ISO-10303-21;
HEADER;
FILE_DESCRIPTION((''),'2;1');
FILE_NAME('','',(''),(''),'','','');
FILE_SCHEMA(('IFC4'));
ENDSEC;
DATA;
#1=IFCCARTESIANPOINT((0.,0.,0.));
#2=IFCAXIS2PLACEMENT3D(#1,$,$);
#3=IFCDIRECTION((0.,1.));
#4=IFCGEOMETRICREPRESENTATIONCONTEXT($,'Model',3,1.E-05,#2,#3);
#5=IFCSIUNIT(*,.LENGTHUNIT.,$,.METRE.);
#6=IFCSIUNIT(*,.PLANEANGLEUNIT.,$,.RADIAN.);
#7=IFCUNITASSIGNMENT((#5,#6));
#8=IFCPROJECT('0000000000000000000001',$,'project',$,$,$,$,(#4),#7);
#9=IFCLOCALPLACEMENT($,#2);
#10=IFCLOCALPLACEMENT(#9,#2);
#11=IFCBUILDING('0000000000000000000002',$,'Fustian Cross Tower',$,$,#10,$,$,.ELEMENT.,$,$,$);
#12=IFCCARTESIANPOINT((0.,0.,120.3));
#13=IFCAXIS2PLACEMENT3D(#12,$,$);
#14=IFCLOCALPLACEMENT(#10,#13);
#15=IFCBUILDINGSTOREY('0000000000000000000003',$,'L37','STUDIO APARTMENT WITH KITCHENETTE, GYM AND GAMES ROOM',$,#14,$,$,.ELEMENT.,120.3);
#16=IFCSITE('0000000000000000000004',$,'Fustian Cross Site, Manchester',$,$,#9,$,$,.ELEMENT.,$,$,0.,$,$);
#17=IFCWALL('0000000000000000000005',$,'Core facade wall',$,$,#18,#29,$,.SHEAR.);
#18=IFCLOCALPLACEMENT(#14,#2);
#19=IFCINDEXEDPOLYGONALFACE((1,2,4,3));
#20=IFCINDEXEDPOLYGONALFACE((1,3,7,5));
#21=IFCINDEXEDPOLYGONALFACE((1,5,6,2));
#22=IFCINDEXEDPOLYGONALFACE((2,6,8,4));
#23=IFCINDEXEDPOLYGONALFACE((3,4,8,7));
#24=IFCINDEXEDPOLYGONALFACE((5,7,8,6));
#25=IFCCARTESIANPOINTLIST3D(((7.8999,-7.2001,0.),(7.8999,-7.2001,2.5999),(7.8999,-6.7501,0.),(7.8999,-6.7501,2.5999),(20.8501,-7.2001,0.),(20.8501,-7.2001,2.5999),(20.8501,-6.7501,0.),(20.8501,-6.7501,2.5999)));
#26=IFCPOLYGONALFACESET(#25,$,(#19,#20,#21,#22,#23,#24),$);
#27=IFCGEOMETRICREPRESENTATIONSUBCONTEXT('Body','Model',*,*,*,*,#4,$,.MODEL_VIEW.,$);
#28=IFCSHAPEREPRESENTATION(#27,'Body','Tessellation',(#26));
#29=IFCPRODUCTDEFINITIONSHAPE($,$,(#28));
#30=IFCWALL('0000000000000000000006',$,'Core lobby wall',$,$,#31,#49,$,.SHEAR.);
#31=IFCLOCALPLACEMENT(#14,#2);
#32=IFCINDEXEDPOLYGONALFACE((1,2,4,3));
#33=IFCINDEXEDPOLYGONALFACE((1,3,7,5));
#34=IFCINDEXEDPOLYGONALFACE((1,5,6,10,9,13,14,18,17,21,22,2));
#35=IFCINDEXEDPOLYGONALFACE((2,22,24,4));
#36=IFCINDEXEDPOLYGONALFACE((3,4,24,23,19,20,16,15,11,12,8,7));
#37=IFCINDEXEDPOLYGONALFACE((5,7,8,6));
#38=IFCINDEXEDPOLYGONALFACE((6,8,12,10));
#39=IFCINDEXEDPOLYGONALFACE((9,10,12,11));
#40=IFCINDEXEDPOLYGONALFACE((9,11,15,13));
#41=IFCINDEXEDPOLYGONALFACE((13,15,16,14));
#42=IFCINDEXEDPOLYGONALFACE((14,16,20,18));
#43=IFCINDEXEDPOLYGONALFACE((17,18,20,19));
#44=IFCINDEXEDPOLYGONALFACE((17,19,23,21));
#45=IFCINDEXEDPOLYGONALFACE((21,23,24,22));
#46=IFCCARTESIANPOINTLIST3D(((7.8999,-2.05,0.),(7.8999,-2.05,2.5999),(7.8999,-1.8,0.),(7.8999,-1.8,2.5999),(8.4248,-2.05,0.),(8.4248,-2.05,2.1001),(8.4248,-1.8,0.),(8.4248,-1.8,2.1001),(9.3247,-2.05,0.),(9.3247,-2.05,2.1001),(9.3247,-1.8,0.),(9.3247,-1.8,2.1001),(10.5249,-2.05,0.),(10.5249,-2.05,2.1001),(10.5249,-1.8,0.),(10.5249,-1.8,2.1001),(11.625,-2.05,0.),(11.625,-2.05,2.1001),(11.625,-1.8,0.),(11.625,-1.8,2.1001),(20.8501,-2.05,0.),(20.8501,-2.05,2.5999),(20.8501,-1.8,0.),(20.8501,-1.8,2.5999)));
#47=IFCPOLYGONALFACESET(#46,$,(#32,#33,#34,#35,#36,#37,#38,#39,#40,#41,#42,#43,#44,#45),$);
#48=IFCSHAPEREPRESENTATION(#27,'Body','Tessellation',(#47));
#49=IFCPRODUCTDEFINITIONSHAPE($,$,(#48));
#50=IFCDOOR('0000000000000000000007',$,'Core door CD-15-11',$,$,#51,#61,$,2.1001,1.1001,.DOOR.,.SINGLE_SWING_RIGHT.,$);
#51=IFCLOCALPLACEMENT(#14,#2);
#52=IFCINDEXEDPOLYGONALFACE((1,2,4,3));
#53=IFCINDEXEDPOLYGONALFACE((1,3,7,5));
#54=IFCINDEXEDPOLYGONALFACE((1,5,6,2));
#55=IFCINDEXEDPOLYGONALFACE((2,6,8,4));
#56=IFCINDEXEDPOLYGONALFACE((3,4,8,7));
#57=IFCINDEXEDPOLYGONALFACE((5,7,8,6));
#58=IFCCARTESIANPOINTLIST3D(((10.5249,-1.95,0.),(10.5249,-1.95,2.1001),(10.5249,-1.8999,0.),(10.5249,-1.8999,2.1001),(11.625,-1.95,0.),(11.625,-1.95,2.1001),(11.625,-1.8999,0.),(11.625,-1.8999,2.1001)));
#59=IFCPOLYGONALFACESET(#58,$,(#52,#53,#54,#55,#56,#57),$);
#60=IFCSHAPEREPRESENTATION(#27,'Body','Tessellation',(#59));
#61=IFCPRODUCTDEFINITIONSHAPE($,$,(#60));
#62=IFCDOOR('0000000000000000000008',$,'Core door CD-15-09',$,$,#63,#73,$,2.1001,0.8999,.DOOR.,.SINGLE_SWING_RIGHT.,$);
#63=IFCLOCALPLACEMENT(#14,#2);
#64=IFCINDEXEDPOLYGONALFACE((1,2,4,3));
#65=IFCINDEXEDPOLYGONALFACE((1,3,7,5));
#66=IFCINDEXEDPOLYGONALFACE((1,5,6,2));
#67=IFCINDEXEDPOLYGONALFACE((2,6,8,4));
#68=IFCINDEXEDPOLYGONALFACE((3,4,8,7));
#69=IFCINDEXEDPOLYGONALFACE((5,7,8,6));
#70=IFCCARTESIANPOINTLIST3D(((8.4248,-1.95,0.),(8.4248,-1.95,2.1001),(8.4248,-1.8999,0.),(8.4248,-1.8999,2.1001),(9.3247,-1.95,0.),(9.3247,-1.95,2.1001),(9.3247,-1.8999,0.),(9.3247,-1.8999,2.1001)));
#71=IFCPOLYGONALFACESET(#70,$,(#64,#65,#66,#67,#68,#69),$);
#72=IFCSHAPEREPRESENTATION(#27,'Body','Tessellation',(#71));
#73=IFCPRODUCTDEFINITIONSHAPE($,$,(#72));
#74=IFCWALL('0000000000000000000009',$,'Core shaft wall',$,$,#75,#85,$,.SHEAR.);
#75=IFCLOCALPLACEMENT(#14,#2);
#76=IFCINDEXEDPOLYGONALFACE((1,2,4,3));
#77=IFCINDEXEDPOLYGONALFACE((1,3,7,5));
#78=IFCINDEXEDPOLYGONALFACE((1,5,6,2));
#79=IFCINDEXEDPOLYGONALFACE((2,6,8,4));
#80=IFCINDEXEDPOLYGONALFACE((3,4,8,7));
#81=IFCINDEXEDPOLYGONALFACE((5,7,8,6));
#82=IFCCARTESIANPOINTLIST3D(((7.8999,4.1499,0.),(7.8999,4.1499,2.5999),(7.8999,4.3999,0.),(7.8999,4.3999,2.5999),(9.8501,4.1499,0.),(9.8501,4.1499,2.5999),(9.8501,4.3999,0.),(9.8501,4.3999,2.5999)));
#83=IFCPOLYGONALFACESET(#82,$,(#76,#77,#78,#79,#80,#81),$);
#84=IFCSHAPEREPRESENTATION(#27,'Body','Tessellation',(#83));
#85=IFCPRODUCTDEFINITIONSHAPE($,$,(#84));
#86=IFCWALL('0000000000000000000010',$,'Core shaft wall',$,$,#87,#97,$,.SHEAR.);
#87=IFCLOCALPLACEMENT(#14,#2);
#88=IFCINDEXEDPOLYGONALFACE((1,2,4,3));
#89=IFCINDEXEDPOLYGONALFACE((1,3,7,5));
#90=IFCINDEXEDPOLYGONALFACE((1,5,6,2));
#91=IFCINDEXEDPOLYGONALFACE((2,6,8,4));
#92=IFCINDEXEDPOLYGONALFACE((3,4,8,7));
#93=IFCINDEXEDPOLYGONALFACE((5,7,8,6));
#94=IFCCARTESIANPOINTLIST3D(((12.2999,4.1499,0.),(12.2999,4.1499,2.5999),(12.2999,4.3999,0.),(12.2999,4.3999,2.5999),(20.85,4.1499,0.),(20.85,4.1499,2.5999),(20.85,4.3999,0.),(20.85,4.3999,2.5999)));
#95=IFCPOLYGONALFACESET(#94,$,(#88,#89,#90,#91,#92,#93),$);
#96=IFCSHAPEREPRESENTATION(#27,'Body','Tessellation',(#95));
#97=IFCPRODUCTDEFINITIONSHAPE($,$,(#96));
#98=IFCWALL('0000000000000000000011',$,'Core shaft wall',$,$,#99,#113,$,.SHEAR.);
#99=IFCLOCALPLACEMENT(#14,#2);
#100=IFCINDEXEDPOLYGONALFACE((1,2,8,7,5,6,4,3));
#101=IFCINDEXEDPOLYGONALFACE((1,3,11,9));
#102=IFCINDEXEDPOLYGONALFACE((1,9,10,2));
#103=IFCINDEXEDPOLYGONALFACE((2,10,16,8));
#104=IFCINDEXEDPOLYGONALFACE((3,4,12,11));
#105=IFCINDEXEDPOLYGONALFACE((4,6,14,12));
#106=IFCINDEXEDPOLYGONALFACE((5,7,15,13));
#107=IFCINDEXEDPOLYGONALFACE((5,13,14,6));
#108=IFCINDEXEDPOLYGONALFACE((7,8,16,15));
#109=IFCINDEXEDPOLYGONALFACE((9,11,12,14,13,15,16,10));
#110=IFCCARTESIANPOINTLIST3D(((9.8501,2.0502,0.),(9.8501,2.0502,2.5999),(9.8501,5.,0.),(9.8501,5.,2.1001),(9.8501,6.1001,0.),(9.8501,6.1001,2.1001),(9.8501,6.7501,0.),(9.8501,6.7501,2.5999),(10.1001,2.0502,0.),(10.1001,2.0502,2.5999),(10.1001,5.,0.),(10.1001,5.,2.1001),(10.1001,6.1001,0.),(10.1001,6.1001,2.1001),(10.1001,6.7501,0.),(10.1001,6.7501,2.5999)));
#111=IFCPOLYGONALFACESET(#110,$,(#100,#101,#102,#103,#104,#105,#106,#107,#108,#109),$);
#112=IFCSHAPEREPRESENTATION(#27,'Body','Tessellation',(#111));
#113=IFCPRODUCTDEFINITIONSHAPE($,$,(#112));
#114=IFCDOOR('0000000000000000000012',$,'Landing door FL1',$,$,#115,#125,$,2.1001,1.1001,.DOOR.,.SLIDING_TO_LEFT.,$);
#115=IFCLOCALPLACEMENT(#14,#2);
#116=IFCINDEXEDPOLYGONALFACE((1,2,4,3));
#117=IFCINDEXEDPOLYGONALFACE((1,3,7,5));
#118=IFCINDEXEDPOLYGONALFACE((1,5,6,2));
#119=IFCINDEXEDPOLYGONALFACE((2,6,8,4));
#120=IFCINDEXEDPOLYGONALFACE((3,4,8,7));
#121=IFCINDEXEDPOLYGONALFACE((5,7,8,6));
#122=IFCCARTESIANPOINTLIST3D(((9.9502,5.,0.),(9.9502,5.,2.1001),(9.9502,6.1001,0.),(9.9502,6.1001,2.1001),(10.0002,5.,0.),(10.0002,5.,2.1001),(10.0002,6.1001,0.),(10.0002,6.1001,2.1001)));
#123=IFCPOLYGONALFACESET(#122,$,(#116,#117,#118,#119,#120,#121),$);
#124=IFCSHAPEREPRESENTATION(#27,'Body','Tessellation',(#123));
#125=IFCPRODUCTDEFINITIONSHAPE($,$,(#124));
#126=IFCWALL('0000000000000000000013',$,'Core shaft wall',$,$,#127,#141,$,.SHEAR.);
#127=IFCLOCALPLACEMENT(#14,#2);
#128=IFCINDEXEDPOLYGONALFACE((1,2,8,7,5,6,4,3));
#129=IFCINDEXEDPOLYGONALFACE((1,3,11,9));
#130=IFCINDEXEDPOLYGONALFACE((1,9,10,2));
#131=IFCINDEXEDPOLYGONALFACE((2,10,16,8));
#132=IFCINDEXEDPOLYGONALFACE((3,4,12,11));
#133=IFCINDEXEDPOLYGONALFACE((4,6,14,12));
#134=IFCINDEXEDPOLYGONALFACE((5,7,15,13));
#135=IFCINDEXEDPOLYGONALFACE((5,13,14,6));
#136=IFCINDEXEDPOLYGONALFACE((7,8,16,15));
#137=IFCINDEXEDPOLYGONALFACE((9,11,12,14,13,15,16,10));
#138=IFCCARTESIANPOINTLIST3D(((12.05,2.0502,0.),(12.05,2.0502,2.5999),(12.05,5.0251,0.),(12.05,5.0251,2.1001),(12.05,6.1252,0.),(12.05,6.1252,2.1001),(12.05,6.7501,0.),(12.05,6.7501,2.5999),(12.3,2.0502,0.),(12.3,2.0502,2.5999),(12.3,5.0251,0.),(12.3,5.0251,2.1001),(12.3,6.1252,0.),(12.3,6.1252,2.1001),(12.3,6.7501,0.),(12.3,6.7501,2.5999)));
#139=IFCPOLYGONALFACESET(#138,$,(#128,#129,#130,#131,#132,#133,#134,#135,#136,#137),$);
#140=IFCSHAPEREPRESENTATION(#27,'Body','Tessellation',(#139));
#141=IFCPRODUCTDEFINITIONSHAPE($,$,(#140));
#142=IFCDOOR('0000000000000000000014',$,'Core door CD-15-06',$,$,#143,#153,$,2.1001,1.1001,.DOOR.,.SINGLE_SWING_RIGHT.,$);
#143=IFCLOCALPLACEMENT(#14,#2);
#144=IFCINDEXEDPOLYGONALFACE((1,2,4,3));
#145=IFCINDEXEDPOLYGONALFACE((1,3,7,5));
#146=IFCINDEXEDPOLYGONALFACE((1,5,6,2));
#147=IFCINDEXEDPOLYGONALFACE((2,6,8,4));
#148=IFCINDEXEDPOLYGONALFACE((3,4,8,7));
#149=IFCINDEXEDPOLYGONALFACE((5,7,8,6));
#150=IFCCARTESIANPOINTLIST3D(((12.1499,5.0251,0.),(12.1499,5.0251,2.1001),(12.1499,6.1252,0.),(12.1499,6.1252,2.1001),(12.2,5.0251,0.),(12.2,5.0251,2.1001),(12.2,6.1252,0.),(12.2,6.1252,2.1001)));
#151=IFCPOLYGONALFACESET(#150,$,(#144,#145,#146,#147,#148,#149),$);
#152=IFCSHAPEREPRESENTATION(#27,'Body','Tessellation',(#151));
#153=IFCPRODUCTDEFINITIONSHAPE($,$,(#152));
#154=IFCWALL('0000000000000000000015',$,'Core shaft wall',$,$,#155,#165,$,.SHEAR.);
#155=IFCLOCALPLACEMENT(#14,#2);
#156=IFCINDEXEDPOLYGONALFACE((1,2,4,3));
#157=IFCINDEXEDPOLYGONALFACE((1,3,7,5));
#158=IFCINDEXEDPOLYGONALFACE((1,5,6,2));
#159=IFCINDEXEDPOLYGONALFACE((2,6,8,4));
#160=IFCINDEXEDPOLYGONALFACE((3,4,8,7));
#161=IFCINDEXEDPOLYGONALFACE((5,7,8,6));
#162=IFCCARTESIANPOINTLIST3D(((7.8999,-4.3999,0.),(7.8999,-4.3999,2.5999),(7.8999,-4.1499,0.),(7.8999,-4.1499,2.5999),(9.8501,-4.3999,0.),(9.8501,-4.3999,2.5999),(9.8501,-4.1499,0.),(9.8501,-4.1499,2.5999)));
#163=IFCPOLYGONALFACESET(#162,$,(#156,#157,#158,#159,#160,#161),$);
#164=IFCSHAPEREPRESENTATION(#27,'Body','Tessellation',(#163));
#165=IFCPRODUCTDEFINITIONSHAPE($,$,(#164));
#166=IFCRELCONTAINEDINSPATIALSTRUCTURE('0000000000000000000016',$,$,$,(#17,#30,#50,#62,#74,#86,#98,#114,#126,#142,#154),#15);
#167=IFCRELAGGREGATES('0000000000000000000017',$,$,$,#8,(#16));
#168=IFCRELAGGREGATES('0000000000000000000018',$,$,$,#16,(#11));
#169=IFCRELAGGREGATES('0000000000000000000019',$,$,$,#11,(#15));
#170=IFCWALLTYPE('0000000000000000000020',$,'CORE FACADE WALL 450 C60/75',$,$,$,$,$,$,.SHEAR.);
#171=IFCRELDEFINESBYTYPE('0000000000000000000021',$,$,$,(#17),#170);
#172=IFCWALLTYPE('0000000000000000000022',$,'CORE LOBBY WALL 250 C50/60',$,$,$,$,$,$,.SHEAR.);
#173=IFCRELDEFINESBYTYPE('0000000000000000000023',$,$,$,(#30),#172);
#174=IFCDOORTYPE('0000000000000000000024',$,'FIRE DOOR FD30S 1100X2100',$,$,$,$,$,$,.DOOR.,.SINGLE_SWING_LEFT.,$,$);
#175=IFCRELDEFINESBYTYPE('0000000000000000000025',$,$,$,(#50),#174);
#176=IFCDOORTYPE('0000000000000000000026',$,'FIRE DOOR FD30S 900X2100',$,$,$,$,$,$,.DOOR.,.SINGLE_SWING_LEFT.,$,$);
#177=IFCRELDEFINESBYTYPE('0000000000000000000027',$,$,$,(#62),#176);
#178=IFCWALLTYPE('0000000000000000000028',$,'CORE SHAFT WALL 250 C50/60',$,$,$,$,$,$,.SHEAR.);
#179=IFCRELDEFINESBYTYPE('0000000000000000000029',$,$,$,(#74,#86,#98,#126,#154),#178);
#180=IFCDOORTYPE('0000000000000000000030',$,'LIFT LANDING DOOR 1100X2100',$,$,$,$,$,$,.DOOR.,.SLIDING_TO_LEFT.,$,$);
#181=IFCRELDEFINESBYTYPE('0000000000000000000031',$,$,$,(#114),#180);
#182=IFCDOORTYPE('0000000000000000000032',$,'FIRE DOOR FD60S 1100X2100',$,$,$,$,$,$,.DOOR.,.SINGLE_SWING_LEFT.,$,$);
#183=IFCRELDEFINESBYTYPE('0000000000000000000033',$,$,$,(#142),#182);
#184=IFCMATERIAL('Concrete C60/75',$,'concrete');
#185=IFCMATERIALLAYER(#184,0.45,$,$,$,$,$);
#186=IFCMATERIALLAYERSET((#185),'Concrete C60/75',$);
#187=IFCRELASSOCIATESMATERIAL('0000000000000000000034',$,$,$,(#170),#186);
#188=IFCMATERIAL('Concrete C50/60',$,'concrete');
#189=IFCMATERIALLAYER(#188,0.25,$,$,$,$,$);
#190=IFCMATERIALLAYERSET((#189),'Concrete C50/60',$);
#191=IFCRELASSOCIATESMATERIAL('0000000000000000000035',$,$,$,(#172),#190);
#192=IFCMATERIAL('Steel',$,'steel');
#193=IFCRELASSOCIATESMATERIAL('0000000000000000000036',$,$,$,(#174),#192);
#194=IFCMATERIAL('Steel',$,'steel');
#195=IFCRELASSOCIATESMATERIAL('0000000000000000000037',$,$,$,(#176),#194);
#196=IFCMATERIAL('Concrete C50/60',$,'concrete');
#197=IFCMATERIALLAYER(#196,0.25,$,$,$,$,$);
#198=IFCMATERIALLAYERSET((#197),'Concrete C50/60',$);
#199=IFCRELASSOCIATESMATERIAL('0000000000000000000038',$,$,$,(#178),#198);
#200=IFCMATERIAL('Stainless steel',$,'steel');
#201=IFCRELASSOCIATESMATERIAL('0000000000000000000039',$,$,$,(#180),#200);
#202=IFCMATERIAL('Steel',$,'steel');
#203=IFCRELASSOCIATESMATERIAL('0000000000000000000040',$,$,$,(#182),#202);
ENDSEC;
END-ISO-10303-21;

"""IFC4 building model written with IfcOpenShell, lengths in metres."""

from ifc_helpers import new_model, si_unit, direction, frame, frame_2d, origin, place, context, subcontext, project, spatial, rectangle, extrude, material, layer, layer_set, type_object, element, fill, save


model = new_model("IFC4")

# Units and contexts
model_context = context("Model", 3, precision=1e-05, world=origin(), true_north=direction((0.0, 1.0)))
body_context = subcontext(model_context, "Body", "Model", "MODEL_VIEW")
ifc_project = project(units=[si_unit("LENGTHUNIT", "METRE"), si_unit("PLANEANGLEUNIT", "RADIAN")], contexts=[model_context])

# Site, building, storey
site_placement = place(None, origin())
site = spatial("IfcSite", under=ifc_project, at=site_placement, Name="Fustian Cross Site, Manchester", CompositionType="ELEMENT", RefElevation=0.0)
building_placement = place(site_placement, origin())
building = spatial("IfcBuilding", under=site, at=building_placement, Name="Fustian Cross Tower", CompositionType="ELEMENT")
storey_placement = place(building_placement, frame((0.0, 0.0, 120.3)))
storey = spatial("IfcBuildingStorey", under=building, at=storey_placement, Name="L37", Description="STUDIO APARTMENT WITH KITCHENETTE, GYM AND GAMES ROOM", CompositionType="ELEMENT", Elevation=120.3)

# Wall
ifc_material_1 = material(Name="Concrete C60/75", Category="concrete")
ifc_layer_1 = layer(ifc_material_1, 0.45)
ifc_layer_set_1 = layer_set([ifc_layer_1], Name="Concrete C60/75")
wall_type_1 = type_object("IfcWallType", Name="CORE FACADE WALL 450 C60/75", PredefinedType="SHEAR", material=ifc_layer_set_1)
wall_1_placement = place(storey_placement, frame((7.8999, -6.9751, 0.0), z_axis=(0.0, 0.0, 1.0), x_axis=(1.0, 0.0, 0.0)))
element("IfcWall", 1, at=wall_1_placement, inside=storey, type_object=wall_type_1, Name="Core facade wall", PredefinedType="SHEAR", context=body_context, shape_type="SweptSolid", body=[
    extrude(rectangle(XDim=12.9502, YDim=0.45, at=frame_2d((6.4751, 0.0))), origin(), (0.0, 0.0, 1.0), 2.5999),
])

# Wall, openings, doors
ifc_material_2 = material(Name="Concrete C50/60", Category="concrete")
ifc_layer_2 = layer(ifc_material_2, 0.25)
ifc_layer_set_2 = layer_set([ifc_layer_2], Name="Concrete C50/60")
wall_type_2 = type_object("IfcWallType", Name="CORE LOBBY WALL 250 C50/60", PredefinedType="SHEAR", material=ifc_layer_set_2)
wall_2_placement = place(storey_placement, frame((7.8999, -1.925, 0.0), z_axis=(0.0, 0.0, 1.0), x_axis=(1.0, 0.0, 0.0)))
wall_2 = element("IfcWall", 2, at=wall_2_placement, inside=storey, type_object=wall_type_2, Name="Core lobby wall", PredefinedType="SHEAR", context=body_context, shape_type="SweptSolid", body=[
    extrude(rectangle(XDim=12.9502, YDim=0.25, at=frame_2d((6.4751, 0.0))), origin(), (0.0, 0.0, 1.0), 2.5999),
])
opening_1_placement = place(wall_2_placement, frame((0.5249, 0.0, 0.0)))
opening_1 = element("IfcOpeningElement", 3, at=opening_1_placement, cuts=wall_2, PredefinedType="OPENING", context=body_context, shape_type="SweptSolid", body=[
    extrude(rectangle(XDim=0.8999, YDim=2.1001, at=frame_2d((0.45, 1.05))), frame((0.0, 0.135, 0.0), z_axis=(0.0, -1.0, 0.0), x_axis=(1.0, 0.0, 0.0)), (0.0, 0.0, 1.0), 0.27),
])
opening_2_placement = place(wall_2_placement, frame((2.625, 0.0, 0.0)))
opening_2 = element("IfcOpeningElement", 4, at=opening_2_placement, cuts=wall_2, PredefinedType="OPENING", context=body_context, shape_type="SweptSolid", body=[
    extrude(rectangle(XDim=1.1001, YDim=2.1001, at=frame_2d((0.55, 1.05))), frame((0.0, 0.135, 0.0), z_axis=(0.0, -1.0, 0.0), x_axis=(1.0, 0.0, 0.0)), (0.0, 0.0, 1.0), 0.27),
])
ifc_material_3 = material(Name="Steel", Category="steel")
door_type_1 = type_object("IfcDoorType", Name="FIRE DOOR FD30S 1100X2100", OperationType="SINGLE_SWING_LEFT", PredefinedType="DOOR", material=ifc_material_3)
door_1_placement = place(opening_2_placement, frame((1.1001, 0.0, 0.0), z_axis=(0.0, 0.0, 1.0), x_axis=(-1.0, 0.0, 0.0)))
door_1 = element("IfcDoor", 5, at=door_1_placement, inside=storey, type_object=door_type_1, Name="Core door CD-15-11", OperationType="SINGLE_SWING_RIGHT", OverallHeight=2.1001, OverallWidth=1.1001, PredefinedType="DOOR", context=body_context, shape_type="SweptSolid", body=[
    extrude(rectangle(XDim=1.1001, YDim=2.1001, at=frame_2d((0.55, 1.05))), frame((0.0, 0.0249, 0.0), z_axis=(0.0, -1.0, 0.0), x_axis=(1.0, 0.0, 0.0)), (0.0, 0.0, 1.0), 0.05),
])
fill(opening_2, door_1)
ifc_material_4 = material(Name="Steel", Category="steel")
door_type_2 = type_object("IfcDoorType", Name="FIRE DOOR FD30S 900X2100", OperationType="SINGLE_SWING_LEFT", PredefinedType="DOOR", material=ifc_material_4)
door_2_placement = place(opening_1_placement, frame((0.8999, 0.0, 0.0), z_axis=(0.0, 0.0, 1.0), x_axis=(-1.0, 0.0, 0.0)))
door_2 = element("IfcDoor", 6, at=door_2_placement, inside=storey, type_object=door_type_2, Name="Core door CD-15-09", OperationType="SINGLE_SWING_RIGHT", OverallHeight=2.1001, OverallWidth=0.8999, PredefinedType="DOOR", context=body_context, shape_type="SweptSolid", body=[
    extrude(rectangle(XDim=0.8999, YDim=2.1001, at=frame_2d((0.45, 1.05))), frame((0.0, 0.0249, 0.0), z_axis=(0.0, -1.0, 0.0), x_axis=(1.0, 0.0, 0.0)), (0.0, 0.0, 1.0), 0.05),
])
fill(opening_1, door_2)

# Walls
ifc_material_5 = material(Name="Concrete C50/60", Category="concrete")
ifc_layer_3 = layer(ifc_material_5, 0.25)
ifc_layer_set_3 = layer_set([ifc_layer_3], Name="Concrete C50/60")
wall_type_3 = type_object("IfcWallType", Name="CORE SHAFT WALL 250 C50/60", PredefinedType="SHEAR", material=ifc_layer_set_3)
wall_3_placement = place(storey_placement, frame((7.8999, 4.2749, 0.0), z_axis=(0.0, 0.0, 1.0), x_axis=(1.0, 0.0, 0.0)))
element("IfcWall", 7, at=wall_3_placement, inside=storey, type_object=wall_type_3, Name="Core shaft wall", PredefinedType="SHEAR", context=body_context, shape_type="SweptSolid", body=[
    extrude(rectangle(XDim=1.9502, YDim=0.25, at=frame_2d((0.9751, 0.0))), origin(), (0.0, 0.0, 1.0), 2.5999),
])
wall_4_placement = place(storey_placement, frame((12.3, 4.2749, 0.0), z_axis=(0.0, 0.0, 1.0), x_axis=(1.0, 0.0, 0.0)))
element("IfcWall", 8, at=wall_4_placement, inside=storey, type_object=wall_type_3, Name="Core shaft wall", PredefinedType="SHEAR", context=body_context, shape_type="SweptSolid", body=[
    extrude(rectangle(XDim=8.55, YDim=0.25, at=frame_2d((4.2749, 0.0))), origin(), (0.0, 0.0, 1.0), 2.5999),
])

# Walls, openings, doors
wall_5_placement = place(storey_placement, frame((9.9751, 2.05, 0.0), z_axis=(0.0, 0.0, 1.0), x_axis=(0.0, 1.0, 0.0)))
wall_5 = element("IfcWall", 9, at=wall_5_placement, inside=storey, type_object=wall_type_3, Name="Core shaft wall", PredefinedType="SHEAR", context=body_context, shape_type="SweptSolid", body=[
    extrude(rectangle(XDim=4.7, YDim=0.25, at=frame_2d((2.3501, 0.0))), origin(), (0.0, 0.0, 1.0), 2.5999),
])
opening_3_placement = place(wall_5_placement, frame((2.95, 0.0, 0.0)))
opening_3 = element("IfcOpeningElement", 10, at=opening_3_placement, cuts=wall_5, PredefinedType="OPENING", context=body_context, shape_type="SweptSolid", body=[
    extrude(rectangle(XDim=1.1001, YDim=2.1001, at=frame_2d((0.55, 1.05))), frame((0.0, 0.135, 0.0), z_axis=(0.0, -1.0, 0.0), x_axis=(1.0, 0.0, 0.0)), (0.0, 0.0, 1.0), 0.27),
])
ifc_material_6 = material(Name="Stainless steel", Category="steel")
door_type_3 = type_object("IfcDoorType", Name="LIFT LANDING DOOR 1100X2100", OperationType="SLIDING_TO_LEFT", PredefinedType="DOOR", material=ifc_material_6)
door_3_placement = place(opening_3_placement, origin())
door_3 = element("IfcDoor", 11, at=door_3_placement, inside=storey, type_object=door_type_3, Name="Landing door FL1", OperationType="SLIDING_TO_LEFT", OverallHeight=2.1001, OverallWidth=1.1001, PredefinedType="DOOR", context=body_context, shape_type="SweptSolid", body=[
    extrude(rectangle(XDim=1.1001, YDim=2.1001, at=frame_2d((0.55, 1.05))), frame((0.0, 0.0249, 0.0), z_axis=(0.0, -1.0, 0.0), x_axis=(1.0, 0.0, 0.0)), (0.0, 0.0, 1.0), 0.05),
])
fill(opening_3, door_3)
wall_6_placement = place(storey_placement, frame((12.175, 2.05, 0.0), z_axis=(0.0, 0.0, 1.0), x_axis=(0.0, 1.0, 0.0)))
wall_6 = element("IfcWall", 12, at=wall_6_placement, inside=storey, type_object=wall_type_3, Name="Core shaft wall", PredefinedType="SHEAR", context=body_context, shape_type="SweptSolid", body=[
    extrude(rectangle(XDim=4.7, YDim=0.25, at=frame_2d((2.3501, 0.0))), origin(), (0.0, 0.0, 1.0), 2.5999),
])
opening_4_placement = place(wall_6_placement, frame((2.9751, 0.0, 0.0)))
opening_4 = element("IfcOpeningElement", 13, at=opening_4_placement, cuts=wall_6, PredefinedType="OPENING", context=body_context, shape_type="SweptSolid", body=[
    extrude(rectangle(XDim=1.1001, YDim=2.1001, at=frame_2d((0.55, 1.05))), frame((0.0, 0.135, 0.0), z_axis=(0.0, -1.0, 0.0), x_axis=(1.0, 0.0, 0.0)), (0.0, 0.0, 1.0), 0.27),
])
ifc_material_7 = material(Name="Steel", Category="steel")
door_type_4 = type_object("IfcDoorType", Name="FIRE DOOR FD60S 1100X2100", OperationType="SINGLE_SWING_LEFT", PredefinedType="DOOR", material=ifc_material_7)
door_4_placement = place(opening_4_placement, frame((1.1001, 0.0, 0.0), z_axis=(0.0, 0.0, 1.0), x_axis=(-1.0, 0.0, 0.0)))
door_4 = element("IfcDoor", 14, at=door_4_placement, inside=storey, type_object=door_type_4, Name="Core door CD-15-06", OperationType="SINGLE_SWING_RIGHT", OverallHeight=2.1001, OverallWidth=1.1001, PredefinedType="DOOR", context=body_context, shape_type="SweptSolid", body=[
    extrude(rectangle(XDim=1.1001, YDim=2.1001, at=frame_2d((0.55, 1.05))), frame((0.0, 0.0249, 0.0), z_axis=(0.0, -1.0, 0.0), x_axis=(1.0, 0.0, 0.0)), (0.0, 0.0, 1.0), 0.05),
])
fill(opening_4, door_4)

# Wall
wall_7_placement = place(storey_placement, frame((7.8999, -4.2749, 0.0), z_axis=(0.0, 0.0, 1.0), x_axis=(1.0, 0.0, 0.0)))
element("IfcWall", 15, at=wall_7_placement, inside=storey, type_object=wall_type_3, Name="Core shaft wall", PredefinedType="SHEAR", context=body_context, shape_type="SweptSolid", body=[
    extrude(rectangle(XDim=1.9502, YDim=0.25, at=frame_2d((0.9751, 0.0))), origin(), (0.0, 0.0, 1.0), 2.5999),
])

save(model, "model.ifc")
